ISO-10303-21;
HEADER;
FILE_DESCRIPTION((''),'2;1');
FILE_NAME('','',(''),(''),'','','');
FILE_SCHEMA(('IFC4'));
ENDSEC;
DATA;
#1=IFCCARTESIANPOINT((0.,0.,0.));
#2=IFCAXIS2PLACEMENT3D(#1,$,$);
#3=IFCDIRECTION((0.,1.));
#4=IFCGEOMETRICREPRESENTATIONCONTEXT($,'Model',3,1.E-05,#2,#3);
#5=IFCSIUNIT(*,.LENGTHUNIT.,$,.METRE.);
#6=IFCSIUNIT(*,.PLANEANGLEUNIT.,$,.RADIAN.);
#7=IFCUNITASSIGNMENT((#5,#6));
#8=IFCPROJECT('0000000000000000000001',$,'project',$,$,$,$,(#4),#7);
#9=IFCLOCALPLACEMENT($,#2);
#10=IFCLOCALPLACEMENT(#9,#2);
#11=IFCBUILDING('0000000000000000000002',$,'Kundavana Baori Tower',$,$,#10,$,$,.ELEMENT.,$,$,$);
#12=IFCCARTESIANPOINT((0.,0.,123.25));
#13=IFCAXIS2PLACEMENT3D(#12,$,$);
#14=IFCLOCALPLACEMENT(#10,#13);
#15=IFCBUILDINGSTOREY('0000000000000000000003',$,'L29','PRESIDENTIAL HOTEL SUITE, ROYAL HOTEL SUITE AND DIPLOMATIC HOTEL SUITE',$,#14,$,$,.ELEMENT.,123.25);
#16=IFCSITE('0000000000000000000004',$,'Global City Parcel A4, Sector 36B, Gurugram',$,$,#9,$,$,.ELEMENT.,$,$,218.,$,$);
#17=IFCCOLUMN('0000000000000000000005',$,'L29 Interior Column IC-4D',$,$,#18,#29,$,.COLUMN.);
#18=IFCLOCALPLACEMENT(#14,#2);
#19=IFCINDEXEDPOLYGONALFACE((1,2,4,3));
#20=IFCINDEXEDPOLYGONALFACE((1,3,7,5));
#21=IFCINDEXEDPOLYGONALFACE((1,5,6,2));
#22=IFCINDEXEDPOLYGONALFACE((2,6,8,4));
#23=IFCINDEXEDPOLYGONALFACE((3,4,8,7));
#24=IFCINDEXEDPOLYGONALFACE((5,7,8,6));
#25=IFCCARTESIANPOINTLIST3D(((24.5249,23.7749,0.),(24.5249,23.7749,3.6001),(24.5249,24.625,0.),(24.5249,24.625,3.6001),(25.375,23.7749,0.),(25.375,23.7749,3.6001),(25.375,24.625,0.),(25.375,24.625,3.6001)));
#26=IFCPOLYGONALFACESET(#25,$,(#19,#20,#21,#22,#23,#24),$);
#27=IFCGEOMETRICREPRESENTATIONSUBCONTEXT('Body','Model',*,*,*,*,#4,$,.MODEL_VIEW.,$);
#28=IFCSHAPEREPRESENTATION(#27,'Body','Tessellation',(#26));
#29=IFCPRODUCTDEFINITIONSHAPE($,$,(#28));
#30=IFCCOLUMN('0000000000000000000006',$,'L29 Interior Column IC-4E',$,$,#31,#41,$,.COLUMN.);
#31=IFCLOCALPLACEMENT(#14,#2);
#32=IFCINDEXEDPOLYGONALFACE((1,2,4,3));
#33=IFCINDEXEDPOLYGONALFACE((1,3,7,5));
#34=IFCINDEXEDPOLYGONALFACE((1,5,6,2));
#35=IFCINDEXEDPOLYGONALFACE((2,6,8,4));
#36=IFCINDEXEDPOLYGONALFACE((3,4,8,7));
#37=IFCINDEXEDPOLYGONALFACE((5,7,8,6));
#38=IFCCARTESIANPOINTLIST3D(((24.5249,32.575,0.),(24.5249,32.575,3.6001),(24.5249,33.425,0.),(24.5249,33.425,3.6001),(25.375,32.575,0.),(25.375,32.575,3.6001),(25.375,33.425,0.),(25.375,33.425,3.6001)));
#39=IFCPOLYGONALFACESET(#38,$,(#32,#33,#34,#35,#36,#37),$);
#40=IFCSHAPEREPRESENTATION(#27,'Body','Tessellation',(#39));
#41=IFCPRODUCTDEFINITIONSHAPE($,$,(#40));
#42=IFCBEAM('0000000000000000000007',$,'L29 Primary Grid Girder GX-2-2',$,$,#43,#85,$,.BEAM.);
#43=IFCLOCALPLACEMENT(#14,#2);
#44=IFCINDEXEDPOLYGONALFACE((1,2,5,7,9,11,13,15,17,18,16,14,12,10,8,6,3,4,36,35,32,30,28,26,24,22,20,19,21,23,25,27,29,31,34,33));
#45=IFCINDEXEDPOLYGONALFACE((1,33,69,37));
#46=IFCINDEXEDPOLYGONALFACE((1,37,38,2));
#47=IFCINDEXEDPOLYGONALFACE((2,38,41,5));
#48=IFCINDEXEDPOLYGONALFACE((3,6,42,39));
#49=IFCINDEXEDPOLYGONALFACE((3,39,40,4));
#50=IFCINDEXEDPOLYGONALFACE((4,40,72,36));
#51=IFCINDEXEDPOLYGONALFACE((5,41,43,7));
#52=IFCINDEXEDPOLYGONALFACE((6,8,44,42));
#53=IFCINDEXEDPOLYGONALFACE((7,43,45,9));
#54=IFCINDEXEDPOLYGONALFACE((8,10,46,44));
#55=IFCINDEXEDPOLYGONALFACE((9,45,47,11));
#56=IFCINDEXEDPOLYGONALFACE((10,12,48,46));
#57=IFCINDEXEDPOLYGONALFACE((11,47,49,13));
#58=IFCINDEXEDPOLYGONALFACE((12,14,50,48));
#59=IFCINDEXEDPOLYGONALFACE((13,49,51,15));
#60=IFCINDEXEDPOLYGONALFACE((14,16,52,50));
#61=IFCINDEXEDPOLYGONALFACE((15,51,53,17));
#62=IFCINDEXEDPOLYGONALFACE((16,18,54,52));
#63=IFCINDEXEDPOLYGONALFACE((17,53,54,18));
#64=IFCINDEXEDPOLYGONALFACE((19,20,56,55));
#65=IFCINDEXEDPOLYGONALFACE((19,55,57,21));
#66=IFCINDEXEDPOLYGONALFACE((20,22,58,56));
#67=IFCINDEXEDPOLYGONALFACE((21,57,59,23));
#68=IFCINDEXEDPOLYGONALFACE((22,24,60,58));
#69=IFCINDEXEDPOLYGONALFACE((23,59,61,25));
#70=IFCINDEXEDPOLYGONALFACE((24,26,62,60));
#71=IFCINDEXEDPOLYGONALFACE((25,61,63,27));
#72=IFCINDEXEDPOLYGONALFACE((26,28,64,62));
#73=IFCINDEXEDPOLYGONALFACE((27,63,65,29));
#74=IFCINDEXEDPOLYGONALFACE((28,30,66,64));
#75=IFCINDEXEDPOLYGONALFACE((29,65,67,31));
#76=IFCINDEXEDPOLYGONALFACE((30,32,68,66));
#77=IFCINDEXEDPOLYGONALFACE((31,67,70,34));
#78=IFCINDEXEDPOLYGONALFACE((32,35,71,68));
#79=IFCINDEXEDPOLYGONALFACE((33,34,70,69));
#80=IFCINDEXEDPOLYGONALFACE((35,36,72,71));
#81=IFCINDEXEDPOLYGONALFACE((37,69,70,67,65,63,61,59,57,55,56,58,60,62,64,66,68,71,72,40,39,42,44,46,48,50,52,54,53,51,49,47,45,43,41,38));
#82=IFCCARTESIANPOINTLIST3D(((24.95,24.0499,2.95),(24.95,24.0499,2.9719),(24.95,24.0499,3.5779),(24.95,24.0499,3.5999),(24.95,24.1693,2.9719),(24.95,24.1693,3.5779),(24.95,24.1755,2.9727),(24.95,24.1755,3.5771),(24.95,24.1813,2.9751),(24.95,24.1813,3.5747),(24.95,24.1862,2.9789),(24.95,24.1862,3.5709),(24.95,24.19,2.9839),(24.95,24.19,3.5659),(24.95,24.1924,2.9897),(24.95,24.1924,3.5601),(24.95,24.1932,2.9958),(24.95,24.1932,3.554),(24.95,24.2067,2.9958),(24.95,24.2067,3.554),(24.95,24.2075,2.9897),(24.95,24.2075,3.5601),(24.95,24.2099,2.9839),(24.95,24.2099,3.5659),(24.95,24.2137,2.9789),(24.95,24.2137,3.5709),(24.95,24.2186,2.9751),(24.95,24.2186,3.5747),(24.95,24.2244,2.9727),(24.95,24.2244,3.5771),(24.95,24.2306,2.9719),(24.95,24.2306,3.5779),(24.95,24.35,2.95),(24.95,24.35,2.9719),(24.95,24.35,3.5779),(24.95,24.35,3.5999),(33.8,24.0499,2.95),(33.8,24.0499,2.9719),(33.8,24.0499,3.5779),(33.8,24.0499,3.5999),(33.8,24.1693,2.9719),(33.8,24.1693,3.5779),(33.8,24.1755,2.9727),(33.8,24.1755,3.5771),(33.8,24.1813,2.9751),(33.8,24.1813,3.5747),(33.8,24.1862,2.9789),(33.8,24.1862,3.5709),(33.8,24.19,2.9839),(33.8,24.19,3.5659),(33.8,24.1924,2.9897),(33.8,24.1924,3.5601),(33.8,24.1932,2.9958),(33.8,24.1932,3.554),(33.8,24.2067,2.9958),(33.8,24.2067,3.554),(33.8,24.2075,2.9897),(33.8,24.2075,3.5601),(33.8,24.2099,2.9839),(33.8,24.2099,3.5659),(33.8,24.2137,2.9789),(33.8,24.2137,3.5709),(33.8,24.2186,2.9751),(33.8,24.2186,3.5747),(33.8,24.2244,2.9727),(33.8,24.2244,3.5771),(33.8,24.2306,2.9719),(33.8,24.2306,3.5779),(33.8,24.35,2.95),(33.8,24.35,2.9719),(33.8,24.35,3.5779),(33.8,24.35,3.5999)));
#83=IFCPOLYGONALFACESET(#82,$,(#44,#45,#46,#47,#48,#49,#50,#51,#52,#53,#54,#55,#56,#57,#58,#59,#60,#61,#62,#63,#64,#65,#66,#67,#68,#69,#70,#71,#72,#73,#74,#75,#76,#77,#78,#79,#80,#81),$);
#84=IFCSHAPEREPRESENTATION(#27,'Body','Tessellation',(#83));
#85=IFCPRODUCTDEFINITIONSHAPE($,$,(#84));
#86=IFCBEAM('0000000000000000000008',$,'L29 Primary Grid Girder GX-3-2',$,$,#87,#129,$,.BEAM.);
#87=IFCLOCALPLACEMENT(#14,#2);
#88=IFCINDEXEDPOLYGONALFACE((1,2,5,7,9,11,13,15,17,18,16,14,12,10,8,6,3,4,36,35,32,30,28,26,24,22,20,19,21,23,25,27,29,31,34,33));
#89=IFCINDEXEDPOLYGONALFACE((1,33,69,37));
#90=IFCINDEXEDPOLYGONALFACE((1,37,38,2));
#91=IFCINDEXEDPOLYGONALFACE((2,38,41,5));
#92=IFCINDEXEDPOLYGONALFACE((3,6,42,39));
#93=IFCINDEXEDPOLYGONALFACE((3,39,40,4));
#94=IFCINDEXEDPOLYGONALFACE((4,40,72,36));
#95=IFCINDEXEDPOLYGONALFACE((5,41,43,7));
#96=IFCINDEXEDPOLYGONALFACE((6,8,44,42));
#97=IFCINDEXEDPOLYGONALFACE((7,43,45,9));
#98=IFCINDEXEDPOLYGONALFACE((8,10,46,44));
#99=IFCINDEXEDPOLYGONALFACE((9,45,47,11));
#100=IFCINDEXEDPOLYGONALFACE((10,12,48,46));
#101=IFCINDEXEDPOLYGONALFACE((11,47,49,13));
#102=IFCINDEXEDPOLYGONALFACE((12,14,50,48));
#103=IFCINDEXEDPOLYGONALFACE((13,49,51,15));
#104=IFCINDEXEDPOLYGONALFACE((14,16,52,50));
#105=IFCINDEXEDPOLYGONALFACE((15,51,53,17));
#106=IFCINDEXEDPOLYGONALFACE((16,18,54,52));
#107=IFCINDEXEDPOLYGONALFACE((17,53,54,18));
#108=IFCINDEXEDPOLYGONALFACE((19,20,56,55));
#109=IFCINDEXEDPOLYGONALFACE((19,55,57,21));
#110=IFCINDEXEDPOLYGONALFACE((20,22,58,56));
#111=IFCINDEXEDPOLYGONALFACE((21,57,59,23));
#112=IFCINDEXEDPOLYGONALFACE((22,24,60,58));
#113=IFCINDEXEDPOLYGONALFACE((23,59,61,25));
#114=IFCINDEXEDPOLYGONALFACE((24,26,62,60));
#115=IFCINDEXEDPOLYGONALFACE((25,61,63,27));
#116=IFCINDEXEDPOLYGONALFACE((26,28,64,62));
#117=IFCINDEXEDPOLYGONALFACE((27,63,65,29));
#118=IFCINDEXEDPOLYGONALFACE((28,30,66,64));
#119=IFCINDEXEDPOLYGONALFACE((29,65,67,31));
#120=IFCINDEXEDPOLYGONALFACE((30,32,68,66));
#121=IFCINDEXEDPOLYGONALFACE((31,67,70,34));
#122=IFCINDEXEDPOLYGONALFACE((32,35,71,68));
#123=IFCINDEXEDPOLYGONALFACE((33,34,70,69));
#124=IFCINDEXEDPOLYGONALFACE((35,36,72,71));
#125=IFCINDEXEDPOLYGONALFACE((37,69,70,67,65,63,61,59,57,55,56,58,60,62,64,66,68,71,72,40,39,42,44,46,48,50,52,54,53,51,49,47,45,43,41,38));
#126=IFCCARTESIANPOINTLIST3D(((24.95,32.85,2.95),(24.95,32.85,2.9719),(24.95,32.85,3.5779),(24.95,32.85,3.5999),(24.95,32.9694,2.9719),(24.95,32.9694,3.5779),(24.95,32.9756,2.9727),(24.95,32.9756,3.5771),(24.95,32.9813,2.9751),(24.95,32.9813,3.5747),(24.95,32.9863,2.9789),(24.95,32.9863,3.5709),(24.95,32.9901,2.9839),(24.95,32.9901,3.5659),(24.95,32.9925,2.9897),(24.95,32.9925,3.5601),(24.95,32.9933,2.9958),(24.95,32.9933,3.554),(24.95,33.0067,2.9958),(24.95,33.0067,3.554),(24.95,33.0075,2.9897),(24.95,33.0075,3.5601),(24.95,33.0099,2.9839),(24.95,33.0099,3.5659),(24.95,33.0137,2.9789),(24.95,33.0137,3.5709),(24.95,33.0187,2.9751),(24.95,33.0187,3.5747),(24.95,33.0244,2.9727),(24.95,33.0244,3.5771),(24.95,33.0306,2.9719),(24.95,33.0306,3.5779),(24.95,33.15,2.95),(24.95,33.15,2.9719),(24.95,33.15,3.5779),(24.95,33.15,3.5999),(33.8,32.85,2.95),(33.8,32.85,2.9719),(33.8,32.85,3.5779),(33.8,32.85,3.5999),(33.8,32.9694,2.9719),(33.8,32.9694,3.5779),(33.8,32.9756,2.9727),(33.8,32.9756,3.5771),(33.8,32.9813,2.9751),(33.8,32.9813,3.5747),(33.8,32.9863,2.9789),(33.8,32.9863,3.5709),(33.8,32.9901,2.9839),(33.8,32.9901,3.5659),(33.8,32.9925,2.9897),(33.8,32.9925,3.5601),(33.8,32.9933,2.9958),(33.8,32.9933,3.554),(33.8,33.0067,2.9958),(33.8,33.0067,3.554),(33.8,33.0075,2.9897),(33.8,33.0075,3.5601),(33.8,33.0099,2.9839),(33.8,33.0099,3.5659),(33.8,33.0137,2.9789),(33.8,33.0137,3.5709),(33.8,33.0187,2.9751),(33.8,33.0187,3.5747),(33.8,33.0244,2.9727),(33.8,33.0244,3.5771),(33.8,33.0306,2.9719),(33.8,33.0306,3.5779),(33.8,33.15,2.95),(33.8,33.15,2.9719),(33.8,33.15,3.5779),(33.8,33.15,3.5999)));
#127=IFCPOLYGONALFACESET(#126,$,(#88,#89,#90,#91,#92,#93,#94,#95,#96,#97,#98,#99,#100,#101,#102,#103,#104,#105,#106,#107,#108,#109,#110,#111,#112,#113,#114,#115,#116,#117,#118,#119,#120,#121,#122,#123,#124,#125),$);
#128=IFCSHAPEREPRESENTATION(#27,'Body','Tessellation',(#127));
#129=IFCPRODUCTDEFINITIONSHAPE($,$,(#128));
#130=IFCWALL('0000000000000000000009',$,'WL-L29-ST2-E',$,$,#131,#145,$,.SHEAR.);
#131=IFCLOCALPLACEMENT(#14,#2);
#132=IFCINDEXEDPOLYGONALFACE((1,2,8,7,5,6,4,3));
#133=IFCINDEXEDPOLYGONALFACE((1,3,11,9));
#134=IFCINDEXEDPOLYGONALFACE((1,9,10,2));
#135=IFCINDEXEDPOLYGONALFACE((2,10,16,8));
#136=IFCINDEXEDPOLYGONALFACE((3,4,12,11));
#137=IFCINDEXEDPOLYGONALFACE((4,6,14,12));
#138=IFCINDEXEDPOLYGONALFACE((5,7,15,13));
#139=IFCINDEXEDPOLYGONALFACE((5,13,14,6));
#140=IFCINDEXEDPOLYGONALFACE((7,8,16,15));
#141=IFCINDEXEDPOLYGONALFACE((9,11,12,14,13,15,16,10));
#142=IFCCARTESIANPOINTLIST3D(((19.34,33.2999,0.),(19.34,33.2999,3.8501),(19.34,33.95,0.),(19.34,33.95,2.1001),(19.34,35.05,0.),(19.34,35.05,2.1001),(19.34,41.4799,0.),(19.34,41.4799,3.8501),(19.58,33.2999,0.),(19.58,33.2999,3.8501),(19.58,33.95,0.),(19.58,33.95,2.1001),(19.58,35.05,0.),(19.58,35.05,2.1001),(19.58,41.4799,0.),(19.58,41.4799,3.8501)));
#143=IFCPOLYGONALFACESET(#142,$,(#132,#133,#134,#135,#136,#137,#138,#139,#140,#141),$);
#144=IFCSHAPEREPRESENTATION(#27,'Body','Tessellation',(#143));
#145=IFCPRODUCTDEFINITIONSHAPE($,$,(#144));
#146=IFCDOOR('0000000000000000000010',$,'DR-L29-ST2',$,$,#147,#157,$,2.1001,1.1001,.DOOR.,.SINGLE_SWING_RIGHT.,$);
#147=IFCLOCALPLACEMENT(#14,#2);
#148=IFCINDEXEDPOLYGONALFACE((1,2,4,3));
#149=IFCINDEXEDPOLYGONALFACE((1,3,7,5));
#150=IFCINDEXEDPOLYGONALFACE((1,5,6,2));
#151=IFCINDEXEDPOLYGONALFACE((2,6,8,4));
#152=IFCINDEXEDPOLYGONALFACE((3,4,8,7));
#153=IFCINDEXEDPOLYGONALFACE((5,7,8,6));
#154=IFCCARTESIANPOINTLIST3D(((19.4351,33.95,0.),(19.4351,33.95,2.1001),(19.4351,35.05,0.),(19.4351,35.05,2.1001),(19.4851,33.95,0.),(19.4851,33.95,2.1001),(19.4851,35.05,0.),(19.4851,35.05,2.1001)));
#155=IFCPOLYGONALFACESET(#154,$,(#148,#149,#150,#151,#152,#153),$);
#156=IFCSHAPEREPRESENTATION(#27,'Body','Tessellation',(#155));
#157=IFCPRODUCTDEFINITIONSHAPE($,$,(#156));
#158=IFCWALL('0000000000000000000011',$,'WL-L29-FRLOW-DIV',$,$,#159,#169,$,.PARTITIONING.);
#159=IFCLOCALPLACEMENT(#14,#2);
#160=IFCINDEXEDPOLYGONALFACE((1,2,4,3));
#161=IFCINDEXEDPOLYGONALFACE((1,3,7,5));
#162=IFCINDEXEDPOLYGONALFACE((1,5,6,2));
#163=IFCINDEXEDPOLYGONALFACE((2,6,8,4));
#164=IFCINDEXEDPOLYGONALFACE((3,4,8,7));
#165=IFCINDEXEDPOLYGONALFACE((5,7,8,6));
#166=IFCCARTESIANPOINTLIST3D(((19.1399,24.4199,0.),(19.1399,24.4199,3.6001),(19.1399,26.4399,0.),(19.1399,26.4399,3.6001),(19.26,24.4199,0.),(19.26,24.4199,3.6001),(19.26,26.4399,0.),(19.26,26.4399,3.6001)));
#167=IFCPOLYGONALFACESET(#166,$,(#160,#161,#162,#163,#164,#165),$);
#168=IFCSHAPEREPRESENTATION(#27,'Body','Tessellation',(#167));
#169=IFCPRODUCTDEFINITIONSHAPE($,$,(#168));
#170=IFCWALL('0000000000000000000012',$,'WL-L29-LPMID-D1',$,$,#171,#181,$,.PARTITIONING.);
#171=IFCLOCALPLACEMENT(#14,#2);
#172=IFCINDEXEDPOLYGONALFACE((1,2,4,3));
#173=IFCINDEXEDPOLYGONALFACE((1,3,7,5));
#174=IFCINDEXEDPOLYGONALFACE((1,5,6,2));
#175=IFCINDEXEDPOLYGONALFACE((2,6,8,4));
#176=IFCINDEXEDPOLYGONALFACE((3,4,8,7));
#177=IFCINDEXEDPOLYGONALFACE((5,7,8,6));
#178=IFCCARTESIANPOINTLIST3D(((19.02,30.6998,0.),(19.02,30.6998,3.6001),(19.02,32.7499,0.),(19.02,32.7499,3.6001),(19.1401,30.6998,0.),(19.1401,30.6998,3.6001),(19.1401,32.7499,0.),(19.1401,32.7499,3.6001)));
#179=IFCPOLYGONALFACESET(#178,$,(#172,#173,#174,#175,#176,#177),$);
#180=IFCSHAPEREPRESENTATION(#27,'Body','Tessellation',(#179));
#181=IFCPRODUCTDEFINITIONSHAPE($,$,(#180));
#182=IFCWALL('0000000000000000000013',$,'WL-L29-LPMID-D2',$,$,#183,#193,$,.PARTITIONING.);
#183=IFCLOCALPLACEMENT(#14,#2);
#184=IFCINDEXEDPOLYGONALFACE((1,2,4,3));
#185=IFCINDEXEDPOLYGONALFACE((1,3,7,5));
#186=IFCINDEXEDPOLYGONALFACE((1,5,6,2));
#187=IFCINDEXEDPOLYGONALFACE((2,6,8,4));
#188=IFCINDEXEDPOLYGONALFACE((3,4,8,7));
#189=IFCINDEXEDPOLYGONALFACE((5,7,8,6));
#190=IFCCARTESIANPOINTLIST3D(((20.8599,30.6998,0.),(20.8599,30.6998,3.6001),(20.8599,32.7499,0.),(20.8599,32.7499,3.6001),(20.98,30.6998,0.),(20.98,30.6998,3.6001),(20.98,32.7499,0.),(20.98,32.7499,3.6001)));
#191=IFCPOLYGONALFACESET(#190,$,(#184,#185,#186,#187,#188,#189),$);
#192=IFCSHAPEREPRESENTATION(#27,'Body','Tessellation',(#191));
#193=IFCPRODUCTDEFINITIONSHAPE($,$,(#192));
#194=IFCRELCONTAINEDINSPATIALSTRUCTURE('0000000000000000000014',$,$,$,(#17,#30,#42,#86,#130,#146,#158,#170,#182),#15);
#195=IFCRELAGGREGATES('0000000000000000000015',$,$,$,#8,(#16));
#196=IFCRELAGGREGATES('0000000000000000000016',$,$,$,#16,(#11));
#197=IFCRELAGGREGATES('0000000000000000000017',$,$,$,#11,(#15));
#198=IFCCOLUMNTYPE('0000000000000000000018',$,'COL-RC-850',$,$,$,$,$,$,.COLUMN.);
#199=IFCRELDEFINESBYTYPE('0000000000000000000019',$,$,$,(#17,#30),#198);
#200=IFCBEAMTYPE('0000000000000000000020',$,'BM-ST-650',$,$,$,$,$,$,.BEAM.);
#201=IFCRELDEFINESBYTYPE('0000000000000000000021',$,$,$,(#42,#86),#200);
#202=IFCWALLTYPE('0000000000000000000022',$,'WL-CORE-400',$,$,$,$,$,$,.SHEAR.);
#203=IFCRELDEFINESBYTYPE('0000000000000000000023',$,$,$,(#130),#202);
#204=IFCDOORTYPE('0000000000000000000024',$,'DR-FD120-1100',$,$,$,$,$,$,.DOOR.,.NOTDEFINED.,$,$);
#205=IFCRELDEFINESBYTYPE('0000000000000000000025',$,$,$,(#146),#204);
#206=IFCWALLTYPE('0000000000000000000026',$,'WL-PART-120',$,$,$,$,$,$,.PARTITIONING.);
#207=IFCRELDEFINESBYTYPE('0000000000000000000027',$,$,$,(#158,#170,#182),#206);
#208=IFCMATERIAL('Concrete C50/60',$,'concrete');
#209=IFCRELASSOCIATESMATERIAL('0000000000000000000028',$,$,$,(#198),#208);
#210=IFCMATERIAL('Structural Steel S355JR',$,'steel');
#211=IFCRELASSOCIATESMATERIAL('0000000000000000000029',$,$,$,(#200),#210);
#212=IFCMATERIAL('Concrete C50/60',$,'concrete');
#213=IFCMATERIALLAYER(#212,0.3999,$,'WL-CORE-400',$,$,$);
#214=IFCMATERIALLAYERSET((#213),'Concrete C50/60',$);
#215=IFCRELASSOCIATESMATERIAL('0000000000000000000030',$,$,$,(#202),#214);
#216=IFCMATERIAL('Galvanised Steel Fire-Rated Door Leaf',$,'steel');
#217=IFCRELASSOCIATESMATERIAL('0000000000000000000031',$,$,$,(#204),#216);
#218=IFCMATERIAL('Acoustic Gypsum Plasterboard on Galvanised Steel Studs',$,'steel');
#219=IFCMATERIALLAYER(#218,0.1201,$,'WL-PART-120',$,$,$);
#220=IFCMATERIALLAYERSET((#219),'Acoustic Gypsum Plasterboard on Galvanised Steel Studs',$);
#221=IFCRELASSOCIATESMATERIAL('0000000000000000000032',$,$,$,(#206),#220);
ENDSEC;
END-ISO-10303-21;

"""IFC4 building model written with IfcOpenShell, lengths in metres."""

from ifc_helpers import new_model, si_unit, direction, frame, frame_2d, origin, origin_2d, place, context, subcontext, project, spatial, rectangle, i_section, extrude, material, layer, layer_set, material_profile, profile_set, type_object, element, fill, save


model = new_model("IFC4")

# Units and contexts
model_context = context("Model", 3, precision=1e-05, world=origin(), true_north=direction((0.0, 1.0)))
body_context = subcontext(model_context, "Body", "Model", "MODEL_VIEW")
ifc_project = project(units=[si_unit("LENGTHUNIT", "METRE"), si_unit("PLANEANGLEUNIT", "RADIAN")], contexts=[model_context])

# Site, building, storey
site_placement = place(None, origin())
site = spatial("IfcSite", under=ifc_project, at=site_placement, Name="Global City Parcel A4, Sector 36B, Gurugram", CompositionType="ELEMENT", RefElevation=218.0)
building_placement = place(site_placement, origin())
building = spatial("IfcBuilding", under=site, at=building_placement, Name="Kundavana Baori Tower", CompositionType="ELEMENT")
storey_placement = place(building_placement, frame((0.0, 0.0, 123.25)))
storey = spatial("IfcBuildingStorey", under=building, at=storey_placement, Name="L29", Description="PRESIDENTIAL HOTEL SUITE, ROYAL HOTEL SUITE AND DIPLOMATIC HOTEL SUITE", CompositionType="ELEMENT", Elevation=123.25)

# Columns
ifc_material_1 = material(Name="Concrete C50/60", Category="concrete")
ifc_material_profile_1 = material_profile(ifc_material_1, rectangle(XDim=0.8501, YDim=0.8501, at=origin_2d()), Name="RC 850x850")
ifc_profile_set_1 = profile_set([ifc_material_profile_1], Name="Concrete C50/60")
column_type = type_object("IfcColumnType", Name="COL-RC-850", PredefinedType="COLUMN", material=ifc_profile_set_1)
for number, where, z_axis, x_axis, name in (
    (1, (24.95, 24.2, 0.0), (0.0, 0.0, 1.0), (1.0, 0.0, 0.0), "L29 Interior Column IC-4D"),
    (2, (24.95, 33.0, 0.0), (0.0, 0.0, 1.0), (1.0, 0.0, 0.0), "L29 Interior Column IC-4E"),
):
    element("IfcColumn", number, at=place(storey_placement, frame(where, z_axis=z_axis, x_axis=x_axis)), inside=storey, type_object=column_type, Name=name, PredefinedType="COLUMN", context=body_context, shape_type="SweptSolid", body=[
        extrude(rectangle(XDim=0.8501, YDim=0.8501, at=origin_2d()), origin(), (0.0, 0.0, 1.0), 3.6001),
    ])

# Beams
ifc_material_2 = material(Name="Structural Steel S355JR", Category="steel")
ifc_material_profile_2 = material_profile(ifc_material_2, i_section(OverallWidth=0.3, OverallDepth=0.6499, WebThickness=0.0134, FlangeThickness=0.022, FilletRadius=0.0239, at=origin_2d()), Name="NPB 650x300x155")
ifc_profile_set_2 = profile_set([ifc_material_profile_2], Name="Structural Steel S355JR")
beam_type = type_object("IfcBeamType", Name="BM-ST-650", PredefinedType="BEAM", material=ifc_profile_set_2)
for number, where, z_axis, x_axis, name in (
    (3, (24.95, 24.2, 3.2749), (1.0, 0.0, 0.0), (0.0, 1.0, 0.0), "L29 Primary Grid Girder GX-2-2"),
    (4, (24.95, 33.0, 3.2749), (1.0, 0.0, 0.0), (0.0, 1.0, 0.0), "L29 Primary Grid Girder GX-3-2"),
):
    element("IfcBeam", number, at=place(storey_placement, frame(where, z_axis=z_axis, x_axis=x_axis)), inside=storey, type_object=beam_type, Name=name, PredefinedType="BEAM", context=body_context, shape_type="SweptSolid", body=[
        extrude(i_section(OverallWidth=0.3, OverallDepth=0.6499, WebThickness=0.0134, FlangeThickness=0.022, FilletRadius=0.0239, at=origin_2d()), origin(), (0.0, 0.0, 1.0), 8.8501),
    ])

# Wall, opening, door
ifc_material_3 = material(Name="Concrete C50/60", Category="concrete")
ifc_layer_1 = layer(ifc_material_3, 0.3999, Name="WL-CORE-400")
ifc_layer_set_1 = layer_set([ifc_layer_1], Name="Concrete C50/60")
wall_type_1 = type_object("IfcWallType", Name="WL-CORE-400", PredefinedType="SHEAR", material=ifc_layer_set_1)
wall_1_placement = place(storey_placement, frame((19.46, 33.3, 0.0), z_axis=(0.0, 0.0, 1.0), x_axis=(0.0, 1.0, 0.0)))
wall_1 = element("IfcWall", 5, at=wall_1_placement, inside=storey, type_object=wall_type_1, Name="WL-L29-ST2-E", PredefinedType="SHEAR", context=body_context, shape_type="SweptSolid", body=[
    extrude(rectangle(XDim=8.1799, YDim=0.24, at=frame_2d((4.0898, 0.0))), origin(), (0.0, 0.0, 1.0), 3.8501),
])
opening_1_placement = place(wall_1_placement, frame((0.6499, 0.0, 0.0)))
opening_1 = element("IfcOpeningElement", 6, at=opening_1_placement, cuts=wall_1, PredefinedType="OPENING", context=body_context, shape_type="SweptSolid", body=[
    extrude(rectangle(XDim=1.1001, YDim=2.1001, at=frame_2d((0.55, 1.05))), frame((0.0, 0.1299, 0.0), z_axis=(0.0, -1.0, 0.0), x_axis=(1.0, 0.0, 0.0)), (0.0, 0.0, 1.0), 0.26),
])
ifc_material_4 = material(Name="Galvanised Steel Fire-Rated Door Leaf", Category="steel")
door_type_1 = type_object("IfcDoorType", Name="DR-FD120-1100", OperationType="NOTDEFINED", PredefinedType="DOOR", material=ifc_material_4)
door_1_placement = place(opening_1_placement, origin())
door_1 = element("IfcDoor", 7, at=door_1_placement, inside=storey, type_object=door_type_1, Name="DR-L29-ST2", OperationType="SINGLE_SWING_RIGHT", OverallHeight=2.1001, OverallWidth=1.1001, PredefinedType="DOOR", context=body_context, shape_type="SweptSolid", body=[
    extrude(rectangle(XDim=1.1001, YDim=2.1001, at=frame_2d((0.55, 1.05))), frame((0.0, 0.0249, 0.0), z_axis=(0.0, -1.0, 0.0), x_axis=(1.0, 0.0, 0.0)), (0.0, 0.0, 1.0), 0.05),
])
fill(opening_1, door_1)

# Walls
ifc_material_5 = material(Name="Acoustic Gypsum Plasterboard on Galvanised Steel Studs", Category="steel")
ifc_layer_2 = layer(ifc_material_5, 0.1201, Name="WL-PART-120")
ifc_layer_set_2 = layer_set([ifc_layer_2], Name="Acoustic Gypsum Plasterboard on Galvanised Steel Studs")
wall_type_2 = type_object("IfcWallType", Name="WL-PART-120", PredefinedType="PARTITIONING", material=ifc_layer_set_2)
wall_2_placement = place(storey_placement, frame((19.2, 24.4199, 0.0), z_axis=(0.0, 0.0, 1.0), x_axis=(0.0, 1.0, 0.0)))
element("IfcWall", 8, at=wall_2_placement, inside=storey, type_object=wall_type_2, Name="WL-L29-FRLOW-DIV", PredefinedType="PARTITIONING", context=body_context, shape_type="SweptSolid", body=[
    extrude(rectangle(XDim=2.02, YDim=0.1201, at=frame_2d((1.01, 0.0))), origin(), (0.0, 0.0, 1.0), 3.6001),
])
for number, where, z_axis, x_axis, name in (
    (9, (19.0801, 30.7, 0.0), (0.0, 0.0, 1.0), (0.0, 1.0, 0.0), "WL-L29-LPMID-D1"),
    (10, (20.9199, 30.7, 0.0), (0.0, 0.0, 1.0), (0.0, 1.0, 0.0), "WL-L29-LPMID-D2"),
):
    element("IfcWall", number, at=place(storey_placement, frame(where, z_axis=z_axis, x_axis=x_axis)), inside=storey, type_object=wall_type_2, Name=name, PredefinedType="PARTITIONING", context=body_context, shape_type="SweptSolid", body=[
        extrude(rectangle(XDim=2.05, YDim=0.1201, at=frame_2d((1.0249, 0.0))), origin(), (0.0, 0.0, 1.0), 3.6001),
    ])

save(model, "model.ifc")
